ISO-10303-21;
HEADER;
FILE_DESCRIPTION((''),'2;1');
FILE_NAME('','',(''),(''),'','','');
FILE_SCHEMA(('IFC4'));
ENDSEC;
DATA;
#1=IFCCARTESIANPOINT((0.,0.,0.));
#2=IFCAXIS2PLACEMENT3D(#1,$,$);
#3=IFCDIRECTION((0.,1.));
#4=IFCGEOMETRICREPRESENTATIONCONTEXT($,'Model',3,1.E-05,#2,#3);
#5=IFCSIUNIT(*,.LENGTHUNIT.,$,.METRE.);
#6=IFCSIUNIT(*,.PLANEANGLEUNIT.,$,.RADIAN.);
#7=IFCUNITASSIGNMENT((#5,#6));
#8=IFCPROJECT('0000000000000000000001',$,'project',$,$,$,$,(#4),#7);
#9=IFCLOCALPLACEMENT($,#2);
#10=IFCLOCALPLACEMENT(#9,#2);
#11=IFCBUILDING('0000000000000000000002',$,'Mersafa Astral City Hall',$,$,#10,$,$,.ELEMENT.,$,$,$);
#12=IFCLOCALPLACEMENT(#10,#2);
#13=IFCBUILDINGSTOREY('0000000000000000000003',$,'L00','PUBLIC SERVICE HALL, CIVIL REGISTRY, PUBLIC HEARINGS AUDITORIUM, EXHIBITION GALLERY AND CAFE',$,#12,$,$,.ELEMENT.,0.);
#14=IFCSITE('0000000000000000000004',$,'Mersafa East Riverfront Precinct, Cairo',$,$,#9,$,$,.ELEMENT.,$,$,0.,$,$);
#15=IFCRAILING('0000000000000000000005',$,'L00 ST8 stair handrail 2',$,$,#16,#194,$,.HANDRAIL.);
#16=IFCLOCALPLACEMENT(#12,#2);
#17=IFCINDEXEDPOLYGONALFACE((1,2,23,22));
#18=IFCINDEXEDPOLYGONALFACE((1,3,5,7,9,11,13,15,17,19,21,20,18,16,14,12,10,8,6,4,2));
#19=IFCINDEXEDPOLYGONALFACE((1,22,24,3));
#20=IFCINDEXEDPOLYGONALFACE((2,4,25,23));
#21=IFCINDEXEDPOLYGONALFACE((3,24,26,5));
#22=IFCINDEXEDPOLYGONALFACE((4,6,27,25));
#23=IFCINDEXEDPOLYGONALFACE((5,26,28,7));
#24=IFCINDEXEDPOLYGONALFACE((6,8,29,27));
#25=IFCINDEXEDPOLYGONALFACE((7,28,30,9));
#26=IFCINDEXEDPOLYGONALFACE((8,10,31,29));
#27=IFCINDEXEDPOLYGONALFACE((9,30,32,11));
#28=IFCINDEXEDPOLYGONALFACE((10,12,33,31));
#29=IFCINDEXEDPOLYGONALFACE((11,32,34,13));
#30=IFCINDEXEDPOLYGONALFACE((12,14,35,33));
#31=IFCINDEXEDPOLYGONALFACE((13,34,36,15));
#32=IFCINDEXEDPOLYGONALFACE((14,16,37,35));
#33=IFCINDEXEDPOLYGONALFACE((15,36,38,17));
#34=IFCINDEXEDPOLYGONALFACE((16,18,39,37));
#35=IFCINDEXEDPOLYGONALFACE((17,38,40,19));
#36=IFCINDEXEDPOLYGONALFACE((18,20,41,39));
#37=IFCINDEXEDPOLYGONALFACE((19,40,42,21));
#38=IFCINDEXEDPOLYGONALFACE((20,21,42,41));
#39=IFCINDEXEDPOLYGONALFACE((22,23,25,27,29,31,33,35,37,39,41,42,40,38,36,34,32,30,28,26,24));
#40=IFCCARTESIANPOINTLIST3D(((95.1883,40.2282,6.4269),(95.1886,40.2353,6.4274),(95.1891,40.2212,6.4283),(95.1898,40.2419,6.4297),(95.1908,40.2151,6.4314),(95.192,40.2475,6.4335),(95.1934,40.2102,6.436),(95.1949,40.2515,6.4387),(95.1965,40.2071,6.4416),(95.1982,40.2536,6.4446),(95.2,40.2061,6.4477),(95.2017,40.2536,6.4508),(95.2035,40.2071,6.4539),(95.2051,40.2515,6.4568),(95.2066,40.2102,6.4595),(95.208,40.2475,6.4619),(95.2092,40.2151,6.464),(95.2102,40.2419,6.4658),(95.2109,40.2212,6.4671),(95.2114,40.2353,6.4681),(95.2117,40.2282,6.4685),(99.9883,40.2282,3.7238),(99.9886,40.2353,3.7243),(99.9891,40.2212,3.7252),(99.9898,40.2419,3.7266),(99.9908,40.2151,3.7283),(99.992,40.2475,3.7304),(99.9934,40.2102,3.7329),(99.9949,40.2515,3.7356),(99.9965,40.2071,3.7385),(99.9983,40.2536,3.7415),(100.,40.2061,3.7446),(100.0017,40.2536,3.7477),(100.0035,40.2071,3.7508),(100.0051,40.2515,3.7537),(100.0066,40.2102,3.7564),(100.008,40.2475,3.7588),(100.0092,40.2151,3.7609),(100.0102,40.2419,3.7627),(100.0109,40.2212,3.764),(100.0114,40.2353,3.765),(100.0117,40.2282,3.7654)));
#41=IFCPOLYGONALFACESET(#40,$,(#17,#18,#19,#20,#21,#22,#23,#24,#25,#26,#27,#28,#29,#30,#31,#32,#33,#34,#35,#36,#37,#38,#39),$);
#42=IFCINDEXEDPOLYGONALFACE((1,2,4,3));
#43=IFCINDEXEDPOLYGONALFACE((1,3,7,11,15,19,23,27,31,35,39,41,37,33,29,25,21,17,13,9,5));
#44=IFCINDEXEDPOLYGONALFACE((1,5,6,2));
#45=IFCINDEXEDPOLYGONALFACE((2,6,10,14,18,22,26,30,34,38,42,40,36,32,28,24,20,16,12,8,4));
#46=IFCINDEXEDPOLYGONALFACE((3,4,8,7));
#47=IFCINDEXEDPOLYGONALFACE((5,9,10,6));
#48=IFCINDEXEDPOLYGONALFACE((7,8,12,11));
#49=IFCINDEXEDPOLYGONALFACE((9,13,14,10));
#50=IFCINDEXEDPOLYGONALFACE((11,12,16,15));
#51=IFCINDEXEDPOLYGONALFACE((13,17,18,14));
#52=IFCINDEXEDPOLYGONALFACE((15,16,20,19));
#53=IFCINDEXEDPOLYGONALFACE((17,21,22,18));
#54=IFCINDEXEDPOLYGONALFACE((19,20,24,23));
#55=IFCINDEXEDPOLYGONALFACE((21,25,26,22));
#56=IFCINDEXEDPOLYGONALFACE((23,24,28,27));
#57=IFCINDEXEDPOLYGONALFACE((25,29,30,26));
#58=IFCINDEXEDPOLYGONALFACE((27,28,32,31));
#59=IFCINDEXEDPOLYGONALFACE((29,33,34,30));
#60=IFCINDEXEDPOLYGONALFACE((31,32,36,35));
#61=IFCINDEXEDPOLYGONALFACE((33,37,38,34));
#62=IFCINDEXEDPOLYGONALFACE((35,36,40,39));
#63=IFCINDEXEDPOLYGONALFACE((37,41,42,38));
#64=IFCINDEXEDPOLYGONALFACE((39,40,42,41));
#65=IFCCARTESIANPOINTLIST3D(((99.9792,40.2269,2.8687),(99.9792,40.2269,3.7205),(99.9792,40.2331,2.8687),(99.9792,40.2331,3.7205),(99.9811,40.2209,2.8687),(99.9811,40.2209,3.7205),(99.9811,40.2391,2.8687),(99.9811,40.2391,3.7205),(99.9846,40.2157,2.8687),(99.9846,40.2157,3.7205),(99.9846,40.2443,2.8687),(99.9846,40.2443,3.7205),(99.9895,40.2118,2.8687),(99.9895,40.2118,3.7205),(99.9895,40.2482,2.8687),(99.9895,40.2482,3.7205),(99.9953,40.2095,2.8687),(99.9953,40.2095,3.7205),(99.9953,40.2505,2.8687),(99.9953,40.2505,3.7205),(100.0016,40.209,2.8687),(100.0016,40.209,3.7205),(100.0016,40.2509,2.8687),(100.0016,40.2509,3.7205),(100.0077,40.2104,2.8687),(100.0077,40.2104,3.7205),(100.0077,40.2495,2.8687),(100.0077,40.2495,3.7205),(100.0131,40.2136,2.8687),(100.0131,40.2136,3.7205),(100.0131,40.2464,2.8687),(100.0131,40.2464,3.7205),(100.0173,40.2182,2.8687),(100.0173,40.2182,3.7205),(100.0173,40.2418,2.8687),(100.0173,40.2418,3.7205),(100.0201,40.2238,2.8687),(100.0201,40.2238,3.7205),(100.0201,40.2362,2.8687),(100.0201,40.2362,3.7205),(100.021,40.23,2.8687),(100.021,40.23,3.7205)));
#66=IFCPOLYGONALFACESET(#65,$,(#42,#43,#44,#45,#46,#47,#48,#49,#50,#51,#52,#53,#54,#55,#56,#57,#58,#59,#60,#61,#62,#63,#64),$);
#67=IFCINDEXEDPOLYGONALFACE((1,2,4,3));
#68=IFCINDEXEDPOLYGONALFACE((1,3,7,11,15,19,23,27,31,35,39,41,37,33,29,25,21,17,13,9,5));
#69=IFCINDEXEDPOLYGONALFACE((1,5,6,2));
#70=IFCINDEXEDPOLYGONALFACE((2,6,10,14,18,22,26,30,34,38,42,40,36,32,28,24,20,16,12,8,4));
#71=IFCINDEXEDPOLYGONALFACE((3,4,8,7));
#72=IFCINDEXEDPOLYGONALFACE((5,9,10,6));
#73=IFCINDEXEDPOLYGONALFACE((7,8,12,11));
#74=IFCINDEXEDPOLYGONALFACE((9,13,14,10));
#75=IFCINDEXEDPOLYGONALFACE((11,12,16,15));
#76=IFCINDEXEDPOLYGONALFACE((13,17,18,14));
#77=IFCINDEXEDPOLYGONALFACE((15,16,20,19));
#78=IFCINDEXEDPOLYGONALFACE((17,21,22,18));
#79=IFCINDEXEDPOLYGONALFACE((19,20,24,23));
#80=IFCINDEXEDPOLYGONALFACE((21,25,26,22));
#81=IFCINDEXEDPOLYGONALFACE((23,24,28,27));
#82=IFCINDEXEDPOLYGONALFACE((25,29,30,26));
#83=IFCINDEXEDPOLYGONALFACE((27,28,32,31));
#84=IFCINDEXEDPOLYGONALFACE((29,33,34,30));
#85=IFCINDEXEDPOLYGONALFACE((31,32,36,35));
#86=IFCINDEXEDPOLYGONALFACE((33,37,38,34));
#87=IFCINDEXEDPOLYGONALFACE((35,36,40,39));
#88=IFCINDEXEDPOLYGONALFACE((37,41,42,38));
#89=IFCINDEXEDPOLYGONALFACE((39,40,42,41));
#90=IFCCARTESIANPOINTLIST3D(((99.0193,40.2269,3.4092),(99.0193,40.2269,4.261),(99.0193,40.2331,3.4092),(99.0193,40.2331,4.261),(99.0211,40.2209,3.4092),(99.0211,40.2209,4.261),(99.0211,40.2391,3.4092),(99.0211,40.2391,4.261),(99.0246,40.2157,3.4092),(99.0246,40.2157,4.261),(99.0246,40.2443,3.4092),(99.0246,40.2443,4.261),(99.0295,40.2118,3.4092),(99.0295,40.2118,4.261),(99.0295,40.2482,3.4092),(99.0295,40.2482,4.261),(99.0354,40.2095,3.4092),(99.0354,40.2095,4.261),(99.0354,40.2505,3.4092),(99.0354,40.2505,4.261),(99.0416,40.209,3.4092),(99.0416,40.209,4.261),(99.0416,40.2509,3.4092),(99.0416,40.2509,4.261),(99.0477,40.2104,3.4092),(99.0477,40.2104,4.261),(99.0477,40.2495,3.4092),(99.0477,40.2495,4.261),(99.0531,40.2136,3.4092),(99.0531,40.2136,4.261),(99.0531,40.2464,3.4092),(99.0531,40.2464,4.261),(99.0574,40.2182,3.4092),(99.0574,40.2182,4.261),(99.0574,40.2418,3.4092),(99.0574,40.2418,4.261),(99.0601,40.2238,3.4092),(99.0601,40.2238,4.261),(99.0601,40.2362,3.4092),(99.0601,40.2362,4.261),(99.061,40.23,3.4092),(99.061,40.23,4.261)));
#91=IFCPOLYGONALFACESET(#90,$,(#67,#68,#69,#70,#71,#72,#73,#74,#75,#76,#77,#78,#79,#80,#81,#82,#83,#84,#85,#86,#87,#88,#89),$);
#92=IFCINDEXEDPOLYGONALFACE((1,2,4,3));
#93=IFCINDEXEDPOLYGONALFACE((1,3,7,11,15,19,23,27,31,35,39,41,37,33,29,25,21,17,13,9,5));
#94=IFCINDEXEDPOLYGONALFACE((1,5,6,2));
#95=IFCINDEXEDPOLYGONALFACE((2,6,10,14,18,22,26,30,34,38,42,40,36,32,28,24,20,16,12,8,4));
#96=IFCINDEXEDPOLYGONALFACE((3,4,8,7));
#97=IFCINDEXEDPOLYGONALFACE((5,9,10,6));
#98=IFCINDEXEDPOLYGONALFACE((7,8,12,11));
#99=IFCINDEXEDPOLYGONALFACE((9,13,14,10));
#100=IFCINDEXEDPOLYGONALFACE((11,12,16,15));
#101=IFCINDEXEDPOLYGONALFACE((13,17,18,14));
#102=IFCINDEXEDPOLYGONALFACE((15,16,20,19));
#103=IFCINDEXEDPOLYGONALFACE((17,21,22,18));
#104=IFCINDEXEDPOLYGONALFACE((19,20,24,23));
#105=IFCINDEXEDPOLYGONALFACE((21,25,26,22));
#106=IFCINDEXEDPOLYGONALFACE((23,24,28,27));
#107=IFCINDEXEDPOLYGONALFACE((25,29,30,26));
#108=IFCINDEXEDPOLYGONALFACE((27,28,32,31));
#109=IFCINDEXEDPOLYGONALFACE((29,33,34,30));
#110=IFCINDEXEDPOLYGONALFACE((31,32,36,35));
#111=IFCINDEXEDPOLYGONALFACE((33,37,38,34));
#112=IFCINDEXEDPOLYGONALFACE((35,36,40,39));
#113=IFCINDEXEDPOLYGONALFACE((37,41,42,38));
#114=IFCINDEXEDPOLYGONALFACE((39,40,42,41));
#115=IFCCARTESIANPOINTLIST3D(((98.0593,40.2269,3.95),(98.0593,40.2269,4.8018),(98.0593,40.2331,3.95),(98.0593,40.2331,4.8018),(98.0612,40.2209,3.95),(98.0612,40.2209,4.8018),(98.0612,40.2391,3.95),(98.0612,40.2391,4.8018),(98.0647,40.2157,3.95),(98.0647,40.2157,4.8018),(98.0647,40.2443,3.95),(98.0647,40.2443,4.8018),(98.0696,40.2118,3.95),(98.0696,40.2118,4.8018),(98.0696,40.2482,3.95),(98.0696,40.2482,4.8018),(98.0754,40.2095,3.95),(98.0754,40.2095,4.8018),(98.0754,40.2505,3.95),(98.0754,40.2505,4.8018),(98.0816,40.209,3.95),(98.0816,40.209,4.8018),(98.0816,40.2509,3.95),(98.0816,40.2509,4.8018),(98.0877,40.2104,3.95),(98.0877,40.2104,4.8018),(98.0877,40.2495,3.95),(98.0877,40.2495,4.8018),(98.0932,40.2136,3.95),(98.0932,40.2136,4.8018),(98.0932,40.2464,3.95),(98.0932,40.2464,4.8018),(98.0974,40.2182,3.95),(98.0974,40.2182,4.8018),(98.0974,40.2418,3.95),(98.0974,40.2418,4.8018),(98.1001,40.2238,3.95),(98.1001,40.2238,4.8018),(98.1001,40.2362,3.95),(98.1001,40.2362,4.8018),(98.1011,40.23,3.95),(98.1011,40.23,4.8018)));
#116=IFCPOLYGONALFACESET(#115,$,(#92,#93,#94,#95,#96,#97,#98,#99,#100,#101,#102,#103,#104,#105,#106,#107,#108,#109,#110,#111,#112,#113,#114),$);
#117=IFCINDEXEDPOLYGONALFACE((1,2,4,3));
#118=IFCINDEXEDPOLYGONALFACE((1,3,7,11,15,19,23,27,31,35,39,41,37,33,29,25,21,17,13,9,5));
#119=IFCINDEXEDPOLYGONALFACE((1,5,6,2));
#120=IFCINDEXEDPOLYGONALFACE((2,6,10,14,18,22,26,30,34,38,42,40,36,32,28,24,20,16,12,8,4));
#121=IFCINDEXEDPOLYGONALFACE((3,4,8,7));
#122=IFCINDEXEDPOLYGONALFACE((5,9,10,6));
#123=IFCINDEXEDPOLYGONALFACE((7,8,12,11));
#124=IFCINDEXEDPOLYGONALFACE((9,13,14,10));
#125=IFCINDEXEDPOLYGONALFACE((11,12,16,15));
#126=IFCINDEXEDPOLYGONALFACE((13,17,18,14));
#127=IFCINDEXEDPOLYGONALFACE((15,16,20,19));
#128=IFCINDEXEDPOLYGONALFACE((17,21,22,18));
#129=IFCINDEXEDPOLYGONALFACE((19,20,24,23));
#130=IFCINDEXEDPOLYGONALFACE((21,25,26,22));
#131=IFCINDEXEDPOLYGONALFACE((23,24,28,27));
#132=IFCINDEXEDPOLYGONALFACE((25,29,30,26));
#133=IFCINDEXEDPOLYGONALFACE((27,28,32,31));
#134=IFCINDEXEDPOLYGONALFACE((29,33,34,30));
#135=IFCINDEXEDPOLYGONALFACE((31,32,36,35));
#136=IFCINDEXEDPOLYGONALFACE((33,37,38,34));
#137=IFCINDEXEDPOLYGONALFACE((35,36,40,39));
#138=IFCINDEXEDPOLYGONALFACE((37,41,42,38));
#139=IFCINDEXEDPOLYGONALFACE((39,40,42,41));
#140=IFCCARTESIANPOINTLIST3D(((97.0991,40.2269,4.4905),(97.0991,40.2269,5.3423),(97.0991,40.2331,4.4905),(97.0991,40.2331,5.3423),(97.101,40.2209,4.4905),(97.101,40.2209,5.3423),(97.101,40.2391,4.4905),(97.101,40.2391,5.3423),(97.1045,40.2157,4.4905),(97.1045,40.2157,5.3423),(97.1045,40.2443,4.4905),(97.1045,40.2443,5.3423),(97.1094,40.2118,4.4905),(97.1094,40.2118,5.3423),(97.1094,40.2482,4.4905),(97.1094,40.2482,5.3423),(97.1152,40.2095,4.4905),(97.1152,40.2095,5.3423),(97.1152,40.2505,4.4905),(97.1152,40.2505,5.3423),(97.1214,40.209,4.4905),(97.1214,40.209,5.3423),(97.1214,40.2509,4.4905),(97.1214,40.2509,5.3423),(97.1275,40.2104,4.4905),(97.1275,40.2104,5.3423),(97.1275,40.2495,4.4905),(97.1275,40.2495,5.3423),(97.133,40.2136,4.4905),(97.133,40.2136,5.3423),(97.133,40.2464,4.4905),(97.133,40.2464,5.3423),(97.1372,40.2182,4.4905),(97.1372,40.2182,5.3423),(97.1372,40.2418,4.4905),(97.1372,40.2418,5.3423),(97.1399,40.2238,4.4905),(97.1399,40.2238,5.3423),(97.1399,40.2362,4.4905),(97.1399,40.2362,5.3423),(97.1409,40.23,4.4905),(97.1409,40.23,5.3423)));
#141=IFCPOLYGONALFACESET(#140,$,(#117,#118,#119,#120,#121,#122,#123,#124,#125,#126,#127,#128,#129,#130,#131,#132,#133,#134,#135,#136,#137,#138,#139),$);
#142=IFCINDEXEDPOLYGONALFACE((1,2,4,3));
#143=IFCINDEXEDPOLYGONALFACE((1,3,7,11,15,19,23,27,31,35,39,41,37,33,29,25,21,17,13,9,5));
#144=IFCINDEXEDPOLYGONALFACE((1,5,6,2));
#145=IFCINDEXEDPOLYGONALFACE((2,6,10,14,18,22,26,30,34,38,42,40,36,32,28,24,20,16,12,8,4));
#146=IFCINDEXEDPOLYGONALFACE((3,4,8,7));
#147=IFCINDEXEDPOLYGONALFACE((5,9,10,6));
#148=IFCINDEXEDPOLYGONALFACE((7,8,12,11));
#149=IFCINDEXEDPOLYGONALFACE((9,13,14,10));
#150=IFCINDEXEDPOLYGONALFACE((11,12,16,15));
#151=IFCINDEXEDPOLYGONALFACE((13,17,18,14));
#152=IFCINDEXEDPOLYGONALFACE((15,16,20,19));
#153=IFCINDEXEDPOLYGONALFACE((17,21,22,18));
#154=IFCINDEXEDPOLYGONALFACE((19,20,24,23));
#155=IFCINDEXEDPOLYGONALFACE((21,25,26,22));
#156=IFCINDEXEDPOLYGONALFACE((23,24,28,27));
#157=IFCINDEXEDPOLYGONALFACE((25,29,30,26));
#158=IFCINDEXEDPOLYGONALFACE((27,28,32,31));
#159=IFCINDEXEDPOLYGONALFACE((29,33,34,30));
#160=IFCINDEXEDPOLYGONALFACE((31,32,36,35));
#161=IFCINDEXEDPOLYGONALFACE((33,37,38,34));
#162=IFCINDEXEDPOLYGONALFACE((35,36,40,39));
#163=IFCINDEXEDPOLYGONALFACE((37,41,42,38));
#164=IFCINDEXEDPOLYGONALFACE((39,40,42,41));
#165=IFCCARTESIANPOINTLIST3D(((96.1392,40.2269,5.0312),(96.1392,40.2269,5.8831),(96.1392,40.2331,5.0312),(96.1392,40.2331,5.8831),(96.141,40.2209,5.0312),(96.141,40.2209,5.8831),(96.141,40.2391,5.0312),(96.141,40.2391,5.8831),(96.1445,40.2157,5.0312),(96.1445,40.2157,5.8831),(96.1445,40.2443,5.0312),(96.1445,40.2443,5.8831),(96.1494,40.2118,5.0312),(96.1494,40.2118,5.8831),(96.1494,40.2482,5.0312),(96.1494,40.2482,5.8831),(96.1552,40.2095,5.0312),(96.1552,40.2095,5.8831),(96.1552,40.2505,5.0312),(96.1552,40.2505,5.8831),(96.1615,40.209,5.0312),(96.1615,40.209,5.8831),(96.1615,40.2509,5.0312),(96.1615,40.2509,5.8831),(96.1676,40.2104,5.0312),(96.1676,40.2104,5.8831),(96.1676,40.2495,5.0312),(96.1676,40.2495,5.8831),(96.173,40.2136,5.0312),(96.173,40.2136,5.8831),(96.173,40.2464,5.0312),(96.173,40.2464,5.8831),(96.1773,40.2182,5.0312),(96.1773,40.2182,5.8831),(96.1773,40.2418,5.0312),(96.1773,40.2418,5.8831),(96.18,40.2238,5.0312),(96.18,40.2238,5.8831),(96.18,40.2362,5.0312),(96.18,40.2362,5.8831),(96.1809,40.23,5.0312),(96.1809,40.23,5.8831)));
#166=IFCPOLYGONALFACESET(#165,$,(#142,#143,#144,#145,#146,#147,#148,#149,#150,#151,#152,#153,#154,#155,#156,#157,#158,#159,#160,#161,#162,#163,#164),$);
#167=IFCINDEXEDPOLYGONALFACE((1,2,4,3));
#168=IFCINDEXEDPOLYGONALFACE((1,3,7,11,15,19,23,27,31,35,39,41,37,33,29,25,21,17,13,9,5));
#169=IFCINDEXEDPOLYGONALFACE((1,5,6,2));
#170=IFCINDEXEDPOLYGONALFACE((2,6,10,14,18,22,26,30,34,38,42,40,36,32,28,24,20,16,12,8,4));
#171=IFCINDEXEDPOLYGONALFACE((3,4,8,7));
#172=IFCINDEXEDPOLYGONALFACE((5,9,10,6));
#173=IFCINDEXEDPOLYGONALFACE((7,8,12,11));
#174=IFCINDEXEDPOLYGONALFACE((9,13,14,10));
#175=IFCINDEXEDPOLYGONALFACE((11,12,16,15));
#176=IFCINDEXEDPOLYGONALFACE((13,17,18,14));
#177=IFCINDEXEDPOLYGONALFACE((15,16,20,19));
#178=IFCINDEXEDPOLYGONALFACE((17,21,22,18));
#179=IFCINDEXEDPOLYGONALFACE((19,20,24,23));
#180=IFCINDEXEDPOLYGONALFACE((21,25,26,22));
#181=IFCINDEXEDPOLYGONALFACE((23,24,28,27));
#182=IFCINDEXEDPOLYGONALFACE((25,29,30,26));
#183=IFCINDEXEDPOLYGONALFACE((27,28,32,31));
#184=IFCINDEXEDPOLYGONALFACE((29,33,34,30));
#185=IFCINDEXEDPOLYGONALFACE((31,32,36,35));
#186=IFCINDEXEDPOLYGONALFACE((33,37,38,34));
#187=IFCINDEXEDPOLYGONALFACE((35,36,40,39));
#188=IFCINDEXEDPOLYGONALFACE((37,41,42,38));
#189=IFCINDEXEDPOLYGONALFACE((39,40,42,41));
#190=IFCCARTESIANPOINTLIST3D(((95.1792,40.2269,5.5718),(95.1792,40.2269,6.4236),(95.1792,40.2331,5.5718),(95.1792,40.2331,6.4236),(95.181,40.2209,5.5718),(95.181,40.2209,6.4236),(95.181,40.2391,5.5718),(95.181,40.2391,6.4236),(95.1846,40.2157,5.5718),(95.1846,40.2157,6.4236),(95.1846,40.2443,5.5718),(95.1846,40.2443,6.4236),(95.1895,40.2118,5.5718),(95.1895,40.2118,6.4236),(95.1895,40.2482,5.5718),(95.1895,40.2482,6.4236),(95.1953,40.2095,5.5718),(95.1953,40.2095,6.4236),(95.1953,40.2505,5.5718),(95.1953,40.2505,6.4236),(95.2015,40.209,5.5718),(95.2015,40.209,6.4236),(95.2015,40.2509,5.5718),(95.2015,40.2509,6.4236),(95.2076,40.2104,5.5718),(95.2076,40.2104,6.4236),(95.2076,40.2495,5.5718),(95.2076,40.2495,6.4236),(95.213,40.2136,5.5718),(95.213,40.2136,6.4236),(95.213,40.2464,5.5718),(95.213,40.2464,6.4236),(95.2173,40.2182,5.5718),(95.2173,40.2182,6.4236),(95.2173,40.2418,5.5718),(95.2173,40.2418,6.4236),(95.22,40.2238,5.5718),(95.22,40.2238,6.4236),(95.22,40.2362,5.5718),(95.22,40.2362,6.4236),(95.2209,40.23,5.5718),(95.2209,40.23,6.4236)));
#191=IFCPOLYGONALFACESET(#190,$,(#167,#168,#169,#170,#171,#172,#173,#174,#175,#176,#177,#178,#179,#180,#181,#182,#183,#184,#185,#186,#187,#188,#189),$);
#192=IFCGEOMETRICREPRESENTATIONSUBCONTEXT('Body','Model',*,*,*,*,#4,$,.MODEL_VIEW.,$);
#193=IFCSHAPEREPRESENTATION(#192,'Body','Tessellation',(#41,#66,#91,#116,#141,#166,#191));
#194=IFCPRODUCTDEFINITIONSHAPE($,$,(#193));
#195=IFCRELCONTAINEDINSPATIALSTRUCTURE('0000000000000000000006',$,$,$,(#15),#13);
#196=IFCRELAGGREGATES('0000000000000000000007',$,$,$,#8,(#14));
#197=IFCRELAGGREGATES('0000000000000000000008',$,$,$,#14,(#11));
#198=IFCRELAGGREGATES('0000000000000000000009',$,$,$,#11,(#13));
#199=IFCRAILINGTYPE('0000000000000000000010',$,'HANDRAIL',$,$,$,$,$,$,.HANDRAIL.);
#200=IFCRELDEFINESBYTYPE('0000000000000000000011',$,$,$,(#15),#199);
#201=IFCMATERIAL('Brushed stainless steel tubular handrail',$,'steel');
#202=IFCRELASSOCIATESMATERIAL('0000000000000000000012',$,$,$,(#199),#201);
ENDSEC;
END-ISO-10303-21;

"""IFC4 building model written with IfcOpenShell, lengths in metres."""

from ifc_helpers import new_model, si_unit, direction, frame, origin, origin_2d, place, context, subcontext, project, spatial, circle, extrude, material, type_object, element, save


model = new_model("IFC4")

# Units and contexts
model_context = context("Model", 3, precision=1e-05, world=origin(), true_north=direction((0.0, 1.0)))
body_context = subcontext(model_context, "Body", "Model", "MODEL_VIEW")
ifc_project = project(units=[si_unit("LENGTHUNIT", "METRE"), si_unit("PLANEANGLEUNIT", "RADIAN")], contexts=[model_context])

# Site, building, storey
site_placement = place(None, origin())
site = spatial("IfcSite", under=ifc_project, at=site_placement, Name="Mersafa East Riverfront Precinct, Cairo", CompositionType="ELEMENT", RefElevation=0.0)
building_placement = place(site_placement, origin())
building = spatial("IfcBuilding", under=site, at=building_placement, Name="Mersafa Astral City Hall", CompositionType="ELEMENT")
storey_placement = place(building_placement, origin())
storey = spatial("IfcBuildingStorey", under=building, at=storey_placement, Name="L00", Description="PUBLIC SERVICE HALL, CIVIL REGISTRY, PUBLIC HEARINGS AUDITORIUM, EXHIBITION GALLERY AND CAFE", CompositionType="ELEMENT", Elevation=0.0)

# Railing
ifc_material_1 = material(Name="Brushed stainless steel tubular handrail", Category="steel")
railing_type_1 = type_object("IfcRailingType", Name="HANDRAIL", PredefinedType="HANDRAIL", material=ifc_material_1)
railing_1_placement = place(storey_placement, frame((100.0, 40.23, 2.8687)))
element("IfcRailing", 1, at=railing_1_placement, inside=storey, type_object=railing_type_1, Name="L00 ST8 stair handrail 2", PredefinedType="HANDRAIL", context=body_context, shape_type="SweptSolid", body=[
    extrude(circle(Radius=0.0239, at=origin_2d()), frame((0.0, 0.0, 0.876), z_axis=(-0.871335, 0.0, 0.490688), x_axis=(0.0, -1.0, 0.0)), (0.0, 0.0, 1.0), 5.5088),
    extrude(circle(Radius=0.021, at=origin_2d()), origin(), (0.0, 0.0, 1.0), 0.8518),
    extrude(circle(Radius=0.021, at=origin_2d()), frame((-0.96, 0.0, 0.5405)), (0.0, 0.0, 1.0), 0.8518),
    extrude(circle(Radius=0.021, at=origin_2d()), frame((-1.9199, 0.0, 1.0813)), (0.0, 0.0, 1.0), 0.8518),
    extrude(circle(Radius=0.021, at=origin_2d()), frame((-2.8801, 0.0, 1.6218)), (0.0, 0.0, 1.0), 0.8518),
    extrude(circle(Radius=0.021, at=origin_2d()), frame((-3.8401, 0.0, 2.1626)), (0.0, 0.0, 1.0), 0.8518),
    extrude(circle(Radius=0.021, at=origin_2d()), frame((-4.8, 0.0, 2.7031)), (0.0, 0.0, 1.0), 0.8518),
])

save(model, "model.ifc")
